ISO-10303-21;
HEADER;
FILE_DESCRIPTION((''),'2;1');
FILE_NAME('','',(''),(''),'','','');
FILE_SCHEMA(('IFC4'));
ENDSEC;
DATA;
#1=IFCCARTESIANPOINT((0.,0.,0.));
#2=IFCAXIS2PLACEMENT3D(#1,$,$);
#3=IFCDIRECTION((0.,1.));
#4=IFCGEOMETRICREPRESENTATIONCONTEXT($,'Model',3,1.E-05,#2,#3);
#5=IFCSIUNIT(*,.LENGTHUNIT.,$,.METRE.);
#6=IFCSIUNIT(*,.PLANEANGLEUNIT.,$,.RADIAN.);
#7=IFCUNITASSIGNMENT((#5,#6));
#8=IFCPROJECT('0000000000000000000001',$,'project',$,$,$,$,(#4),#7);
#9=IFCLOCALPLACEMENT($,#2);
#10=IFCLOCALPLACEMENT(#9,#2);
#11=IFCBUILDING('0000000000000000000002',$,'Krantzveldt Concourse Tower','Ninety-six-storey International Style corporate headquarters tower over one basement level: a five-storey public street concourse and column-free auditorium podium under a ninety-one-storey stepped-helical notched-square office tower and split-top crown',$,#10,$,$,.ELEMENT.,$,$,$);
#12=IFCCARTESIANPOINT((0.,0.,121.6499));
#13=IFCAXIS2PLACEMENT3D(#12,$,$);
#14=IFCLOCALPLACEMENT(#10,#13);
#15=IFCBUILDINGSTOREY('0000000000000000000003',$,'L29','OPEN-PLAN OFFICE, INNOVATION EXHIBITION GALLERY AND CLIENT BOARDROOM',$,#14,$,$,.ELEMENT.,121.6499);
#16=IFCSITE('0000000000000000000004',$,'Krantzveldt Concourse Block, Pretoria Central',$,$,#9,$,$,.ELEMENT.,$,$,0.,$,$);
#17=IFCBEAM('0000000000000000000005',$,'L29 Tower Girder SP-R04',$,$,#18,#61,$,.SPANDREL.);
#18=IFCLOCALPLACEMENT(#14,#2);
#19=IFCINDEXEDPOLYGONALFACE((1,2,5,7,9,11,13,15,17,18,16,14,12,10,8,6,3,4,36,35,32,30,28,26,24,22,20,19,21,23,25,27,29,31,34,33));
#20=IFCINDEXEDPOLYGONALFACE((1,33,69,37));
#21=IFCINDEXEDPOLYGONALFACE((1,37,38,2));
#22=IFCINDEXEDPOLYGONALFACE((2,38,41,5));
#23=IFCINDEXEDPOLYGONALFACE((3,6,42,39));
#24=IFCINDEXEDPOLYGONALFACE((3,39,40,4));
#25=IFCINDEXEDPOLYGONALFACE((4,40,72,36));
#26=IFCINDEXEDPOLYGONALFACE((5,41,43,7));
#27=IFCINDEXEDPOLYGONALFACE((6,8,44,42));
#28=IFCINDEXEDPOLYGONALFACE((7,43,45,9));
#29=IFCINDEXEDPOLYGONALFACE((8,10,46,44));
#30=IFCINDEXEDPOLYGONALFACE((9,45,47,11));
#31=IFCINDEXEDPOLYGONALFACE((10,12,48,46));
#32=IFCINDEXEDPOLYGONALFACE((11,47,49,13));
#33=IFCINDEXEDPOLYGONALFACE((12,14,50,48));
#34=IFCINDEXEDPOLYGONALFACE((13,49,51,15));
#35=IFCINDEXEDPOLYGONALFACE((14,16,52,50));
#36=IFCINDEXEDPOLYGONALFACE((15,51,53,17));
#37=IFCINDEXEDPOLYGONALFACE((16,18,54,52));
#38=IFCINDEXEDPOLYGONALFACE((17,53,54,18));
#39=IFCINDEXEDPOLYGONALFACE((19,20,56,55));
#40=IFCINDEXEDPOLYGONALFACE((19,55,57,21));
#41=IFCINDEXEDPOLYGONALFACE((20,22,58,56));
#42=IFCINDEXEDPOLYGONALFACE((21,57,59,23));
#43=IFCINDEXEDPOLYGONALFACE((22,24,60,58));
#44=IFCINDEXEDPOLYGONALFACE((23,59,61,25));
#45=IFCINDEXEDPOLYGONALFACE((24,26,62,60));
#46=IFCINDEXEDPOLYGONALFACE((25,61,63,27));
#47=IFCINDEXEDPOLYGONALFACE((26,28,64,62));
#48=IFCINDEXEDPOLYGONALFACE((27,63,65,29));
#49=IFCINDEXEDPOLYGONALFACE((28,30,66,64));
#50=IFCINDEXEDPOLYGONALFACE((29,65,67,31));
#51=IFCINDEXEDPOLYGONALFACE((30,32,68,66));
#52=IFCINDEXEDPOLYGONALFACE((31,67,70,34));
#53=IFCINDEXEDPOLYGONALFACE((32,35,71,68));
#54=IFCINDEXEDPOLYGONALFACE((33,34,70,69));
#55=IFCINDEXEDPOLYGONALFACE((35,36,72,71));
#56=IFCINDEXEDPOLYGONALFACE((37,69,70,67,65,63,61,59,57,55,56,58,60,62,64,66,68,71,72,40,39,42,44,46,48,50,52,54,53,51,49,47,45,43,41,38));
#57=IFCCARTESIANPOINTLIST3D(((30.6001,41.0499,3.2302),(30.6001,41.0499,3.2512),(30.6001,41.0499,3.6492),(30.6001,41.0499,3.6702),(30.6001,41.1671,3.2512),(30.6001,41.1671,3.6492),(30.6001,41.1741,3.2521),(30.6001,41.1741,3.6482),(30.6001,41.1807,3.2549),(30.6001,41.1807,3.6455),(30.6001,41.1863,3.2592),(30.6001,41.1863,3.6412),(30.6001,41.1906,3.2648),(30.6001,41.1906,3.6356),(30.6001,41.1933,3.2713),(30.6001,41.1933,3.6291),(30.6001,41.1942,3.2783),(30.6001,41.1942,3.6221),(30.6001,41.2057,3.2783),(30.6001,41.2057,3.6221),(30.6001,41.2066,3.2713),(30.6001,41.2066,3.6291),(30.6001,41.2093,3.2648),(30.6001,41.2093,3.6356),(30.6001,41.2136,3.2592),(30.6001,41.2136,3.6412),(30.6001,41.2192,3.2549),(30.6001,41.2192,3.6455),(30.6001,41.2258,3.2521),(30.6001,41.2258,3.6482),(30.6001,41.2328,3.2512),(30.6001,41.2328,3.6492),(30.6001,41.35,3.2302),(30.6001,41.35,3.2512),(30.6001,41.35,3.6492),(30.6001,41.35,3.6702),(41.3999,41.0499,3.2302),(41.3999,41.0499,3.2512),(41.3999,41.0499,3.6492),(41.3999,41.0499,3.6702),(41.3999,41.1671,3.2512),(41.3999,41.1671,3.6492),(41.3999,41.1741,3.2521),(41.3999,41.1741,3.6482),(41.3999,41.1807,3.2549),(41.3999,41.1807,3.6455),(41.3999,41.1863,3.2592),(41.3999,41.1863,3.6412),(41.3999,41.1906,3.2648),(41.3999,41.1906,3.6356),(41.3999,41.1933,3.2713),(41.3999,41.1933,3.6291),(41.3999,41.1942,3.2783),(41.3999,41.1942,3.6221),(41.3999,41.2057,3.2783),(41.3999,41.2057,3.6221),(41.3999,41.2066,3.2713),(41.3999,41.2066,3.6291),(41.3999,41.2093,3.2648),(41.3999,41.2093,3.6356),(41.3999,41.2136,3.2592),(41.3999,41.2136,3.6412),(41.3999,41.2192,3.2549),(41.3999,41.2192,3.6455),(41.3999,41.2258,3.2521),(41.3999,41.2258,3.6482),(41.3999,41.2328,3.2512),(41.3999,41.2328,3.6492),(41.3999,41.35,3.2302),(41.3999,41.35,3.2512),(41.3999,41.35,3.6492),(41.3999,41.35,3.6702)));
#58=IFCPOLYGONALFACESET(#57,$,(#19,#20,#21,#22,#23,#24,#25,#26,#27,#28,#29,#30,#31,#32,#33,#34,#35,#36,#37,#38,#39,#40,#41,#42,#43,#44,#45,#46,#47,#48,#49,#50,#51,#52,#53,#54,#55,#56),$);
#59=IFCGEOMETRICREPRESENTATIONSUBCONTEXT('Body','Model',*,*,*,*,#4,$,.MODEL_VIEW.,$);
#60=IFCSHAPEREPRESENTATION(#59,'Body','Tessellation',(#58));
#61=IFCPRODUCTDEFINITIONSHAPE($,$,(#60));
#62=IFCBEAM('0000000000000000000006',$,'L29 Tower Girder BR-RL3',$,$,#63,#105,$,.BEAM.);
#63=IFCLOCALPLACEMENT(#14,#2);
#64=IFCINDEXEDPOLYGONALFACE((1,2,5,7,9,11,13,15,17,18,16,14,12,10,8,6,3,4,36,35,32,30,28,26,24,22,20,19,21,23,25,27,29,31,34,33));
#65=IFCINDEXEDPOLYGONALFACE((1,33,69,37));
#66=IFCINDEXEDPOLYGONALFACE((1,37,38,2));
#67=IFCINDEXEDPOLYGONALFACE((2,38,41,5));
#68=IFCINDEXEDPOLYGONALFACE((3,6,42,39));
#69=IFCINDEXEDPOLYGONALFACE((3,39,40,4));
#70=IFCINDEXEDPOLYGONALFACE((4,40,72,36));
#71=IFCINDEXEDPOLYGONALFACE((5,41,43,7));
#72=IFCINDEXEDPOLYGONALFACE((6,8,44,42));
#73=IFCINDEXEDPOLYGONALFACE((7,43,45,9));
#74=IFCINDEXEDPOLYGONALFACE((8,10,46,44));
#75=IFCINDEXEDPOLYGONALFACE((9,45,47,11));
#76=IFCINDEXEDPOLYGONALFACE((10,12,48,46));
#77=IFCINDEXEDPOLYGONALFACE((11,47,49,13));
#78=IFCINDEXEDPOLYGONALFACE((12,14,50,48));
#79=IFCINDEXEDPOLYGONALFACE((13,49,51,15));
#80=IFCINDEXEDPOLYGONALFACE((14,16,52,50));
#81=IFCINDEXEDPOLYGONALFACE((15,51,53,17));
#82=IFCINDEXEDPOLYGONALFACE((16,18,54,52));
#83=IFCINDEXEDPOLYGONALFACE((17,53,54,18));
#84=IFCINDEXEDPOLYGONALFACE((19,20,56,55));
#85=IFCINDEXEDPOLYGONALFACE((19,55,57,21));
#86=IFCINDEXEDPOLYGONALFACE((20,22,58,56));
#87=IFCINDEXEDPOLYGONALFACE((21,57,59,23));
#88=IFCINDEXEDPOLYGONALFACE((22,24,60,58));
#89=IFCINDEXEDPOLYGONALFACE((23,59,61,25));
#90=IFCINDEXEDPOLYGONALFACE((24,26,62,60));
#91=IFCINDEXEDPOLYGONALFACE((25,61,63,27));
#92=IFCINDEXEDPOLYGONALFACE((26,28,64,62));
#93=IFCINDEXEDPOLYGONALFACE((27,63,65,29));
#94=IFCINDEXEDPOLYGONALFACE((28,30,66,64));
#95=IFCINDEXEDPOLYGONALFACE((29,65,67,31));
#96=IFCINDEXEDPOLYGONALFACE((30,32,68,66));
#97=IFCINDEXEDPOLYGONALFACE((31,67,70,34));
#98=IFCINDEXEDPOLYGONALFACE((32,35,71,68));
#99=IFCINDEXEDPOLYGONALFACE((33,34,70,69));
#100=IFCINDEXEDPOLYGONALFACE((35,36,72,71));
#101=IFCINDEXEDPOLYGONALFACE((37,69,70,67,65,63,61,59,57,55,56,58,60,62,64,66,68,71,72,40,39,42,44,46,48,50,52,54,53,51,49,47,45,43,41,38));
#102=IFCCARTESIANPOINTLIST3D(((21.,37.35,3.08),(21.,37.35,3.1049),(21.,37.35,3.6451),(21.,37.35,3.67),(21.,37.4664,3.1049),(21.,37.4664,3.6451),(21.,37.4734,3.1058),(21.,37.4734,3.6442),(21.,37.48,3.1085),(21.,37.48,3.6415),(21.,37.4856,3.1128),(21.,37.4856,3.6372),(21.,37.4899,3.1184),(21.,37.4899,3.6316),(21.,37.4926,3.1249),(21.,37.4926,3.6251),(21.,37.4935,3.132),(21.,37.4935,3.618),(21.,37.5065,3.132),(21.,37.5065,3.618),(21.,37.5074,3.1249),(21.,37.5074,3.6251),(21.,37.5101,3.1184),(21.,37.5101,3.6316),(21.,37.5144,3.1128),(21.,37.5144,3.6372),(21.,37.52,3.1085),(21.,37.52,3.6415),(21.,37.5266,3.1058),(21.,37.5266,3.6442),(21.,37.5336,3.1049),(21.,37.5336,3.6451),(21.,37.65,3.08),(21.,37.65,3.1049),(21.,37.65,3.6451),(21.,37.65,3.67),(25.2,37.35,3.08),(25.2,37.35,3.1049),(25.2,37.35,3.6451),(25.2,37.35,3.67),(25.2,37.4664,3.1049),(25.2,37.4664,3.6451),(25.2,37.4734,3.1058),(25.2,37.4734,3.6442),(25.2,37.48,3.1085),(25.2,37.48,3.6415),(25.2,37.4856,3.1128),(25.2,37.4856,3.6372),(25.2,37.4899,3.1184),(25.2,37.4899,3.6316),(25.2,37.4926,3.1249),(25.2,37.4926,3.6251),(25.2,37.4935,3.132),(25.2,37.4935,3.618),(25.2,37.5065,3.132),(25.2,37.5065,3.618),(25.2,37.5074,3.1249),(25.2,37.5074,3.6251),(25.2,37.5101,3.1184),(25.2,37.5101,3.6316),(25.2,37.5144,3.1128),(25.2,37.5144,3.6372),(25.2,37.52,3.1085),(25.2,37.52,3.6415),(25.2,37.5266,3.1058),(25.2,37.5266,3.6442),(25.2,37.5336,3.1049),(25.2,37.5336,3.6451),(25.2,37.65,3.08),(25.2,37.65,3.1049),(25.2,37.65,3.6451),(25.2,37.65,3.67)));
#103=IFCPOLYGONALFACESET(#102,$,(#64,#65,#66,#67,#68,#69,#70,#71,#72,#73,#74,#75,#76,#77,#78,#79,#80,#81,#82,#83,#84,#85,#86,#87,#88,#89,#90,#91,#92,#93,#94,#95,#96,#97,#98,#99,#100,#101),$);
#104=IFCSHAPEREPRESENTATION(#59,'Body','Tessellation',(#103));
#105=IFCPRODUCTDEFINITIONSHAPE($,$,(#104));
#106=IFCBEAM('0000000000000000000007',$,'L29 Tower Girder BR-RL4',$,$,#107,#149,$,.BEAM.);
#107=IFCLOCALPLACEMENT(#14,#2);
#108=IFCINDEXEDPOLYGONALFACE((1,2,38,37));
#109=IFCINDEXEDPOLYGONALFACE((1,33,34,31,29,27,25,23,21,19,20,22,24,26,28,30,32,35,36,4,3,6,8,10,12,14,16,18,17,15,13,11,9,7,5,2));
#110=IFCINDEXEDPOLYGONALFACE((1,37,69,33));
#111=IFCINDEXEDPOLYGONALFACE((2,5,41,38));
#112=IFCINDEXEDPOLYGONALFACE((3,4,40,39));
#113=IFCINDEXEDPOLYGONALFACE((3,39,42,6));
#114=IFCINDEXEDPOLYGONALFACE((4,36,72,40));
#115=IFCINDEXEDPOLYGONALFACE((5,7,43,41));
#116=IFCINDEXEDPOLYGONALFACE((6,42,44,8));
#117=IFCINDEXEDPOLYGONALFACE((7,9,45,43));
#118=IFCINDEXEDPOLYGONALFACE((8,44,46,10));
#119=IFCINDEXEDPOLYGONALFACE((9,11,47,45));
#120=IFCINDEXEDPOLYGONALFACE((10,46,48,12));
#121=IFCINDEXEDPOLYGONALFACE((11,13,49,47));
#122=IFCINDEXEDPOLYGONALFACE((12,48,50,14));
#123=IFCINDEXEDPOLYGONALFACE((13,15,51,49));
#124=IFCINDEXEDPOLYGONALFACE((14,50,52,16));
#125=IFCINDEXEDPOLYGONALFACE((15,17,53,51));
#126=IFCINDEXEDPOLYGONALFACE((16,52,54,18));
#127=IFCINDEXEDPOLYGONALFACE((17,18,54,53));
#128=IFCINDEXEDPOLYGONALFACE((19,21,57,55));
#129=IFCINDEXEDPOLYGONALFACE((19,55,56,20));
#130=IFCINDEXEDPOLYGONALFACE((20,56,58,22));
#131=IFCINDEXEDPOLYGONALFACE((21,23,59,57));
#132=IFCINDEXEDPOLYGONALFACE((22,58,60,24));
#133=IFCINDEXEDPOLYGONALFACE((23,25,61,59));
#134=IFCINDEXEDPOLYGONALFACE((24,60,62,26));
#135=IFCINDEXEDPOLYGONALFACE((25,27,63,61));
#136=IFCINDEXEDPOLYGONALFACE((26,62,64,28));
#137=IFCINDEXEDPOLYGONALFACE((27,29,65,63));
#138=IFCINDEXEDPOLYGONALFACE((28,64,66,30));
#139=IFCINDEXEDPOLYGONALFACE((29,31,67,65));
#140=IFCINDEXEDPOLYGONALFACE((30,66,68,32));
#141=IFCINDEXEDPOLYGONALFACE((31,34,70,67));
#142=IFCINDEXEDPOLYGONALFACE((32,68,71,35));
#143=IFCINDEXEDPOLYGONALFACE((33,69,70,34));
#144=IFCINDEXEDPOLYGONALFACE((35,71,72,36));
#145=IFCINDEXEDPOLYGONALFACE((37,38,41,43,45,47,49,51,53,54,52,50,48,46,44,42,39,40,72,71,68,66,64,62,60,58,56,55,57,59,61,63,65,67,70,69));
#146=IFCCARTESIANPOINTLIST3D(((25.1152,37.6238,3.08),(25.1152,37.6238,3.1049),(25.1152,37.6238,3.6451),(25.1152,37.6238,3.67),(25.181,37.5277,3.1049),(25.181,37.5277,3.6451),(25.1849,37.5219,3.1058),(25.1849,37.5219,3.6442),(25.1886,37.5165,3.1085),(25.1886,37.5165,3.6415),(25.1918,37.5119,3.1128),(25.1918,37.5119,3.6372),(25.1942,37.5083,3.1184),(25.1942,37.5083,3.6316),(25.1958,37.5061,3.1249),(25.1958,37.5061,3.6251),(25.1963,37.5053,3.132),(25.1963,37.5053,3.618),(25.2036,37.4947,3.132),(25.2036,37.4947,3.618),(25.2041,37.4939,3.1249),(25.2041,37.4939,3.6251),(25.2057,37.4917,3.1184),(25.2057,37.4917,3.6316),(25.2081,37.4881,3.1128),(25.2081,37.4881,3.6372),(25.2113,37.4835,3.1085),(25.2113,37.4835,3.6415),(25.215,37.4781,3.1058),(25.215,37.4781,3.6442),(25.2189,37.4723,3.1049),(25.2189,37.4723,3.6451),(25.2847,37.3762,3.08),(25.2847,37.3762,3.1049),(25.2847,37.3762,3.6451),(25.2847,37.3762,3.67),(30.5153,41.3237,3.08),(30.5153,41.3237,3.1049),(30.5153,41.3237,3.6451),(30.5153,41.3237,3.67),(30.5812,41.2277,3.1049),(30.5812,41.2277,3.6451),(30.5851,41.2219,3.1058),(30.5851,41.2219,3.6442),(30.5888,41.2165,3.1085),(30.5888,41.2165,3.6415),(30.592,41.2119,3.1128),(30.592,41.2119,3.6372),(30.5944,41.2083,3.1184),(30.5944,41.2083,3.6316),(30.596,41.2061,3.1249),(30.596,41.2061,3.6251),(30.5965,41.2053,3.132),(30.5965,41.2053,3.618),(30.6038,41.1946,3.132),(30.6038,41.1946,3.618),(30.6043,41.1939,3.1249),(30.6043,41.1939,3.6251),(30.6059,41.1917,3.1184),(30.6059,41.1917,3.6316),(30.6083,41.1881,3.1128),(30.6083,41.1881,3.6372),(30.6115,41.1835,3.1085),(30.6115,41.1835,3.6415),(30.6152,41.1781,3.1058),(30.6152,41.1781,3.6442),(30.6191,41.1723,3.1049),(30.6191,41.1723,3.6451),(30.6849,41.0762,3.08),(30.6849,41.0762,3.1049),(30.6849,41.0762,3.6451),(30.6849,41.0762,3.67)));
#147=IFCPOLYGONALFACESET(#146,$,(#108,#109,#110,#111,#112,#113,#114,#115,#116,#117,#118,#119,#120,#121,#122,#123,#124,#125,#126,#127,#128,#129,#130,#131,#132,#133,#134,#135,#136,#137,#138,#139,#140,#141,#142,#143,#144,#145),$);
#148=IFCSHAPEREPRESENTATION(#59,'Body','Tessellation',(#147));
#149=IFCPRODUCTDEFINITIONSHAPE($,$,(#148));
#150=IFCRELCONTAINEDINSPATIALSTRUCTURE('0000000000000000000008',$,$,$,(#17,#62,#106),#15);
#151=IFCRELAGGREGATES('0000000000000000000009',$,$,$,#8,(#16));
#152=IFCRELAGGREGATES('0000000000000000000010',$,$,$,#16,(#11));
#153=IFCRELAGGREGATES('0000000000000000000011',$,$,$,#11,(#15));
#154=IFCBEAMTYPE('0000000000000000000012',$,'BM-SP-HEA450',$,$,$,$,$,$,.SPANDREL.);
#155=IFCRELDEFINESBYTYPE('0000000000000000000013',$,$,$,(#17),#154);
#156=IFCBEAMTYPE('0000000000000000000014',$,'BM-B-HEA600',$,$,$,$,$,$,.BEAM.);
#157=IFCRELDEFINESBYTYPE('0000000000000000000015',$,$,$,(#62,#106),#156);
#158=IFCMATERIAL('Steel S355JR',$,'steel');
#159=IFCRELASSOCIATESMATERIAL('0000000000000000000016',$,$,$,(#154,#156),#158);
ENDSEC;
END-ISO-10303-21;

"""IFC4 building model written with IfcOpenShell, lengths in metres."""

from ifc_helpers import new_model, si_unit, direction, frame, origin, origin_2d, place, context, subcontext, project, spatial, i_section, extrude, source, transform, mapped, material, material_profile, profile_set, type_object, type_shapes, element, save


model = new_model("IFC4")

# Units and contexts
model_context = context("Model", 3, precision=1e-05, world=origin(), true_north=direction((0.0, 1.0)))
body_context = subcontext(model_context, "Body", "Model", "MODEL_VIEW")
ifc_project = project(units=[si_unit("LENGTHUNIT", "METRE"), si_unit("PLANEANGLEUNIT", "RADIAN")], contexts=[model_context])

# Site, building, storey
site_placement = place(None, origin())
site = spatial("IfcSite", under=ifc_project, at=site_placement, Name="Krantzveldt Concourse Block, Pretoria Central", CompositionType="ELEMENT", RefElevation=0.0)
building_placement = place(site_placement, origin())
building = spatial("IfcBuilding", under=site, at=building_placement, Name="Krantzveldt Concourse Tower", Description="Ninety-six-storey International Style corporate headquarters tower over one basement level: a five-storey public street concourse and column-free auditorium podium under a ninety-one-storey stepped-helical notched-square office tower and split-top crown", CompositionType="ELEMENT")
storey_placement = place(building_placement, frame((0.0, 0.0, 121.6499)))
storey = spatial("IfcBuildingStorey", under=building, at=storey_placement, Name="L29", Description="OPEN-PLAN OFFICE, INNOVATION EXHIBITION GALLERY AND CLIENT BOARDROOM", CompositionType="ELEMENT", Elevation=121.6499)

# Beams
ifc_material_1 = material(Name="Steel S355JR", Category="steel")
ifc_material_profile_1 = material_profile(ifc_material_1, i_section(OverallWidth=0.3, OverallDepth=0.4399, WebThickness=0.0115, FlangeThickness=0.021, FilletRadius=0.0271, at=origin_2d()), Name="Steel S355JR", Category="steel")
ifc_profile_set_1 = profile_set([ifc_material_profile_1], Name="Steel S355JR - HEA 450")
beam_type_1 = type_object("IfcBeamType", Name="BM-SP-HEA450", PredefinedType="SPANDREL", material=ifc_profile_set_1)
shared_shape_1 = source(origin(), body_context, "Body", "SweptSolid", [
    extrude(i_section(OverallWidth=0.3, OverallDepth=0.4399, WebThickness=0.0115, FlangeThickness=0.021, FilletRadius=0.0271, at=origin_2d()), origin(), (0.0, 0.0, 1.0), 10.7998),
])
beam_1_placement = place(storey_placement, frame((30.6001, 41.2, 3.4502), z_axis=(1.0, 0.0, 0.0), x_axis=(0.0, 1.0, 0.0)))
element("IfcBeam", 1, at=beam_1_placement, inside=storey, type_object=beam_type_1, Name="L29 Tower Girder SP-R04", PredefinedType="SPANDREL", context=body_context, shape_type="MappedRepresentation", body=[
    mapped(shared_shape_1, transform((0.0, 0.0, 0.0), x_axis=(1.0, 0.0, 0.0), y_axis=(0.0, 1.0, 0.0), z_axis=(0.0, 0.0, 1.0), scale=1.0)),
])
ifc_material_profile_2 = material_profile(ifc_material_1, i_section(OverallWidth=0.3, OverallDepth=0.5901, WebThickness=0.0129, FlangeThickness=0.0249, FilletRadius=0.0271, at=origin_2d()), Name="Steel S355JR", Category="steel")
ifc_profile_set_2 = profile_set([ifc_material_profile_2], Name="Steel S355JR - HEA 600")
beam_type_2 = type_object("IfcBeamType", Name="BM-B-HEA600", PredefinedType="BEAM", material=ifc_profile_set_2)
shared_shape_2 = source(origin(), body_context, "Body", "SweptSolid", [
    extrude(i_section(OverallWidth=0.3, OverallDepth=0.5901, WebThickness=0.0129, FlangeThickness=0.0249, FilletRadius=0.0271, at=origin_2d()), origin(), (0.0, 0.0, 1.0), 4.2),
])
beam_2_placement = place(storey_placement, frame((21.0, 37.5, 3.375), z_axis=(1.0, 0.0, 0.0), x_axis=(0.0, 1.0, 0.0)))
element("IfcBeam", 2, at=beam_2_placement, inside=storey, type_object=beam_type_2, Name="L29 Tower Girder BR-RL3", PredefinedType="BEAM", context=body_context, shape_type="MappedRepresentation", body=[
    mapped(shared_shape_2, transform((0.0, 0.0, 0.0), x_axis=(1.0, 0.0, 0.0), y_axis=(0.0, 1.0, 0.0), z_axis=(0.0, 0.0, 1.0), scale=1.0)),
])
shared_shape_3 = source(origin(), body_context, "Body", "SweptSolid", [
    extrude(i_section(OverallWidth=0.3, OverallDepth=0.5901, WebThickness=0.0129, FlangeThickness=0.0249, FilletRadius=0.0271, at=origin_2d()), origin(), (0.0, 0.0, 1.0), 6.5461),
])
type_shapes(beam_type_2, [shared_shape_2, shared_shape_3])
beam_3_placement = place(storey_placement, frame((25.2, 37.5, 3.375), z_axis=(0.824943, 0.565216, 0.0), x_axis=(-0.565216, 0.824943, 0.0)))
element("IfcBeam", 3, at=beam_3_placement, inside=storey, type_object=beam_type_2, Name="L29 Tower Girder BR-RL4", PredefinedType="BEAM", context=body_context, shape_type="MappedRepresentation", body=[
    mapped(shared_shape_3, transform((0.0, 0.0, 0.0), x_axis=(1.0, 0.0, 0.0), y_axis=(0.0, 1.0, 0.0), z_axis=(0.0, 0.0, 1.0), scale=1.0)),
])

save(model, "model.ifc")
